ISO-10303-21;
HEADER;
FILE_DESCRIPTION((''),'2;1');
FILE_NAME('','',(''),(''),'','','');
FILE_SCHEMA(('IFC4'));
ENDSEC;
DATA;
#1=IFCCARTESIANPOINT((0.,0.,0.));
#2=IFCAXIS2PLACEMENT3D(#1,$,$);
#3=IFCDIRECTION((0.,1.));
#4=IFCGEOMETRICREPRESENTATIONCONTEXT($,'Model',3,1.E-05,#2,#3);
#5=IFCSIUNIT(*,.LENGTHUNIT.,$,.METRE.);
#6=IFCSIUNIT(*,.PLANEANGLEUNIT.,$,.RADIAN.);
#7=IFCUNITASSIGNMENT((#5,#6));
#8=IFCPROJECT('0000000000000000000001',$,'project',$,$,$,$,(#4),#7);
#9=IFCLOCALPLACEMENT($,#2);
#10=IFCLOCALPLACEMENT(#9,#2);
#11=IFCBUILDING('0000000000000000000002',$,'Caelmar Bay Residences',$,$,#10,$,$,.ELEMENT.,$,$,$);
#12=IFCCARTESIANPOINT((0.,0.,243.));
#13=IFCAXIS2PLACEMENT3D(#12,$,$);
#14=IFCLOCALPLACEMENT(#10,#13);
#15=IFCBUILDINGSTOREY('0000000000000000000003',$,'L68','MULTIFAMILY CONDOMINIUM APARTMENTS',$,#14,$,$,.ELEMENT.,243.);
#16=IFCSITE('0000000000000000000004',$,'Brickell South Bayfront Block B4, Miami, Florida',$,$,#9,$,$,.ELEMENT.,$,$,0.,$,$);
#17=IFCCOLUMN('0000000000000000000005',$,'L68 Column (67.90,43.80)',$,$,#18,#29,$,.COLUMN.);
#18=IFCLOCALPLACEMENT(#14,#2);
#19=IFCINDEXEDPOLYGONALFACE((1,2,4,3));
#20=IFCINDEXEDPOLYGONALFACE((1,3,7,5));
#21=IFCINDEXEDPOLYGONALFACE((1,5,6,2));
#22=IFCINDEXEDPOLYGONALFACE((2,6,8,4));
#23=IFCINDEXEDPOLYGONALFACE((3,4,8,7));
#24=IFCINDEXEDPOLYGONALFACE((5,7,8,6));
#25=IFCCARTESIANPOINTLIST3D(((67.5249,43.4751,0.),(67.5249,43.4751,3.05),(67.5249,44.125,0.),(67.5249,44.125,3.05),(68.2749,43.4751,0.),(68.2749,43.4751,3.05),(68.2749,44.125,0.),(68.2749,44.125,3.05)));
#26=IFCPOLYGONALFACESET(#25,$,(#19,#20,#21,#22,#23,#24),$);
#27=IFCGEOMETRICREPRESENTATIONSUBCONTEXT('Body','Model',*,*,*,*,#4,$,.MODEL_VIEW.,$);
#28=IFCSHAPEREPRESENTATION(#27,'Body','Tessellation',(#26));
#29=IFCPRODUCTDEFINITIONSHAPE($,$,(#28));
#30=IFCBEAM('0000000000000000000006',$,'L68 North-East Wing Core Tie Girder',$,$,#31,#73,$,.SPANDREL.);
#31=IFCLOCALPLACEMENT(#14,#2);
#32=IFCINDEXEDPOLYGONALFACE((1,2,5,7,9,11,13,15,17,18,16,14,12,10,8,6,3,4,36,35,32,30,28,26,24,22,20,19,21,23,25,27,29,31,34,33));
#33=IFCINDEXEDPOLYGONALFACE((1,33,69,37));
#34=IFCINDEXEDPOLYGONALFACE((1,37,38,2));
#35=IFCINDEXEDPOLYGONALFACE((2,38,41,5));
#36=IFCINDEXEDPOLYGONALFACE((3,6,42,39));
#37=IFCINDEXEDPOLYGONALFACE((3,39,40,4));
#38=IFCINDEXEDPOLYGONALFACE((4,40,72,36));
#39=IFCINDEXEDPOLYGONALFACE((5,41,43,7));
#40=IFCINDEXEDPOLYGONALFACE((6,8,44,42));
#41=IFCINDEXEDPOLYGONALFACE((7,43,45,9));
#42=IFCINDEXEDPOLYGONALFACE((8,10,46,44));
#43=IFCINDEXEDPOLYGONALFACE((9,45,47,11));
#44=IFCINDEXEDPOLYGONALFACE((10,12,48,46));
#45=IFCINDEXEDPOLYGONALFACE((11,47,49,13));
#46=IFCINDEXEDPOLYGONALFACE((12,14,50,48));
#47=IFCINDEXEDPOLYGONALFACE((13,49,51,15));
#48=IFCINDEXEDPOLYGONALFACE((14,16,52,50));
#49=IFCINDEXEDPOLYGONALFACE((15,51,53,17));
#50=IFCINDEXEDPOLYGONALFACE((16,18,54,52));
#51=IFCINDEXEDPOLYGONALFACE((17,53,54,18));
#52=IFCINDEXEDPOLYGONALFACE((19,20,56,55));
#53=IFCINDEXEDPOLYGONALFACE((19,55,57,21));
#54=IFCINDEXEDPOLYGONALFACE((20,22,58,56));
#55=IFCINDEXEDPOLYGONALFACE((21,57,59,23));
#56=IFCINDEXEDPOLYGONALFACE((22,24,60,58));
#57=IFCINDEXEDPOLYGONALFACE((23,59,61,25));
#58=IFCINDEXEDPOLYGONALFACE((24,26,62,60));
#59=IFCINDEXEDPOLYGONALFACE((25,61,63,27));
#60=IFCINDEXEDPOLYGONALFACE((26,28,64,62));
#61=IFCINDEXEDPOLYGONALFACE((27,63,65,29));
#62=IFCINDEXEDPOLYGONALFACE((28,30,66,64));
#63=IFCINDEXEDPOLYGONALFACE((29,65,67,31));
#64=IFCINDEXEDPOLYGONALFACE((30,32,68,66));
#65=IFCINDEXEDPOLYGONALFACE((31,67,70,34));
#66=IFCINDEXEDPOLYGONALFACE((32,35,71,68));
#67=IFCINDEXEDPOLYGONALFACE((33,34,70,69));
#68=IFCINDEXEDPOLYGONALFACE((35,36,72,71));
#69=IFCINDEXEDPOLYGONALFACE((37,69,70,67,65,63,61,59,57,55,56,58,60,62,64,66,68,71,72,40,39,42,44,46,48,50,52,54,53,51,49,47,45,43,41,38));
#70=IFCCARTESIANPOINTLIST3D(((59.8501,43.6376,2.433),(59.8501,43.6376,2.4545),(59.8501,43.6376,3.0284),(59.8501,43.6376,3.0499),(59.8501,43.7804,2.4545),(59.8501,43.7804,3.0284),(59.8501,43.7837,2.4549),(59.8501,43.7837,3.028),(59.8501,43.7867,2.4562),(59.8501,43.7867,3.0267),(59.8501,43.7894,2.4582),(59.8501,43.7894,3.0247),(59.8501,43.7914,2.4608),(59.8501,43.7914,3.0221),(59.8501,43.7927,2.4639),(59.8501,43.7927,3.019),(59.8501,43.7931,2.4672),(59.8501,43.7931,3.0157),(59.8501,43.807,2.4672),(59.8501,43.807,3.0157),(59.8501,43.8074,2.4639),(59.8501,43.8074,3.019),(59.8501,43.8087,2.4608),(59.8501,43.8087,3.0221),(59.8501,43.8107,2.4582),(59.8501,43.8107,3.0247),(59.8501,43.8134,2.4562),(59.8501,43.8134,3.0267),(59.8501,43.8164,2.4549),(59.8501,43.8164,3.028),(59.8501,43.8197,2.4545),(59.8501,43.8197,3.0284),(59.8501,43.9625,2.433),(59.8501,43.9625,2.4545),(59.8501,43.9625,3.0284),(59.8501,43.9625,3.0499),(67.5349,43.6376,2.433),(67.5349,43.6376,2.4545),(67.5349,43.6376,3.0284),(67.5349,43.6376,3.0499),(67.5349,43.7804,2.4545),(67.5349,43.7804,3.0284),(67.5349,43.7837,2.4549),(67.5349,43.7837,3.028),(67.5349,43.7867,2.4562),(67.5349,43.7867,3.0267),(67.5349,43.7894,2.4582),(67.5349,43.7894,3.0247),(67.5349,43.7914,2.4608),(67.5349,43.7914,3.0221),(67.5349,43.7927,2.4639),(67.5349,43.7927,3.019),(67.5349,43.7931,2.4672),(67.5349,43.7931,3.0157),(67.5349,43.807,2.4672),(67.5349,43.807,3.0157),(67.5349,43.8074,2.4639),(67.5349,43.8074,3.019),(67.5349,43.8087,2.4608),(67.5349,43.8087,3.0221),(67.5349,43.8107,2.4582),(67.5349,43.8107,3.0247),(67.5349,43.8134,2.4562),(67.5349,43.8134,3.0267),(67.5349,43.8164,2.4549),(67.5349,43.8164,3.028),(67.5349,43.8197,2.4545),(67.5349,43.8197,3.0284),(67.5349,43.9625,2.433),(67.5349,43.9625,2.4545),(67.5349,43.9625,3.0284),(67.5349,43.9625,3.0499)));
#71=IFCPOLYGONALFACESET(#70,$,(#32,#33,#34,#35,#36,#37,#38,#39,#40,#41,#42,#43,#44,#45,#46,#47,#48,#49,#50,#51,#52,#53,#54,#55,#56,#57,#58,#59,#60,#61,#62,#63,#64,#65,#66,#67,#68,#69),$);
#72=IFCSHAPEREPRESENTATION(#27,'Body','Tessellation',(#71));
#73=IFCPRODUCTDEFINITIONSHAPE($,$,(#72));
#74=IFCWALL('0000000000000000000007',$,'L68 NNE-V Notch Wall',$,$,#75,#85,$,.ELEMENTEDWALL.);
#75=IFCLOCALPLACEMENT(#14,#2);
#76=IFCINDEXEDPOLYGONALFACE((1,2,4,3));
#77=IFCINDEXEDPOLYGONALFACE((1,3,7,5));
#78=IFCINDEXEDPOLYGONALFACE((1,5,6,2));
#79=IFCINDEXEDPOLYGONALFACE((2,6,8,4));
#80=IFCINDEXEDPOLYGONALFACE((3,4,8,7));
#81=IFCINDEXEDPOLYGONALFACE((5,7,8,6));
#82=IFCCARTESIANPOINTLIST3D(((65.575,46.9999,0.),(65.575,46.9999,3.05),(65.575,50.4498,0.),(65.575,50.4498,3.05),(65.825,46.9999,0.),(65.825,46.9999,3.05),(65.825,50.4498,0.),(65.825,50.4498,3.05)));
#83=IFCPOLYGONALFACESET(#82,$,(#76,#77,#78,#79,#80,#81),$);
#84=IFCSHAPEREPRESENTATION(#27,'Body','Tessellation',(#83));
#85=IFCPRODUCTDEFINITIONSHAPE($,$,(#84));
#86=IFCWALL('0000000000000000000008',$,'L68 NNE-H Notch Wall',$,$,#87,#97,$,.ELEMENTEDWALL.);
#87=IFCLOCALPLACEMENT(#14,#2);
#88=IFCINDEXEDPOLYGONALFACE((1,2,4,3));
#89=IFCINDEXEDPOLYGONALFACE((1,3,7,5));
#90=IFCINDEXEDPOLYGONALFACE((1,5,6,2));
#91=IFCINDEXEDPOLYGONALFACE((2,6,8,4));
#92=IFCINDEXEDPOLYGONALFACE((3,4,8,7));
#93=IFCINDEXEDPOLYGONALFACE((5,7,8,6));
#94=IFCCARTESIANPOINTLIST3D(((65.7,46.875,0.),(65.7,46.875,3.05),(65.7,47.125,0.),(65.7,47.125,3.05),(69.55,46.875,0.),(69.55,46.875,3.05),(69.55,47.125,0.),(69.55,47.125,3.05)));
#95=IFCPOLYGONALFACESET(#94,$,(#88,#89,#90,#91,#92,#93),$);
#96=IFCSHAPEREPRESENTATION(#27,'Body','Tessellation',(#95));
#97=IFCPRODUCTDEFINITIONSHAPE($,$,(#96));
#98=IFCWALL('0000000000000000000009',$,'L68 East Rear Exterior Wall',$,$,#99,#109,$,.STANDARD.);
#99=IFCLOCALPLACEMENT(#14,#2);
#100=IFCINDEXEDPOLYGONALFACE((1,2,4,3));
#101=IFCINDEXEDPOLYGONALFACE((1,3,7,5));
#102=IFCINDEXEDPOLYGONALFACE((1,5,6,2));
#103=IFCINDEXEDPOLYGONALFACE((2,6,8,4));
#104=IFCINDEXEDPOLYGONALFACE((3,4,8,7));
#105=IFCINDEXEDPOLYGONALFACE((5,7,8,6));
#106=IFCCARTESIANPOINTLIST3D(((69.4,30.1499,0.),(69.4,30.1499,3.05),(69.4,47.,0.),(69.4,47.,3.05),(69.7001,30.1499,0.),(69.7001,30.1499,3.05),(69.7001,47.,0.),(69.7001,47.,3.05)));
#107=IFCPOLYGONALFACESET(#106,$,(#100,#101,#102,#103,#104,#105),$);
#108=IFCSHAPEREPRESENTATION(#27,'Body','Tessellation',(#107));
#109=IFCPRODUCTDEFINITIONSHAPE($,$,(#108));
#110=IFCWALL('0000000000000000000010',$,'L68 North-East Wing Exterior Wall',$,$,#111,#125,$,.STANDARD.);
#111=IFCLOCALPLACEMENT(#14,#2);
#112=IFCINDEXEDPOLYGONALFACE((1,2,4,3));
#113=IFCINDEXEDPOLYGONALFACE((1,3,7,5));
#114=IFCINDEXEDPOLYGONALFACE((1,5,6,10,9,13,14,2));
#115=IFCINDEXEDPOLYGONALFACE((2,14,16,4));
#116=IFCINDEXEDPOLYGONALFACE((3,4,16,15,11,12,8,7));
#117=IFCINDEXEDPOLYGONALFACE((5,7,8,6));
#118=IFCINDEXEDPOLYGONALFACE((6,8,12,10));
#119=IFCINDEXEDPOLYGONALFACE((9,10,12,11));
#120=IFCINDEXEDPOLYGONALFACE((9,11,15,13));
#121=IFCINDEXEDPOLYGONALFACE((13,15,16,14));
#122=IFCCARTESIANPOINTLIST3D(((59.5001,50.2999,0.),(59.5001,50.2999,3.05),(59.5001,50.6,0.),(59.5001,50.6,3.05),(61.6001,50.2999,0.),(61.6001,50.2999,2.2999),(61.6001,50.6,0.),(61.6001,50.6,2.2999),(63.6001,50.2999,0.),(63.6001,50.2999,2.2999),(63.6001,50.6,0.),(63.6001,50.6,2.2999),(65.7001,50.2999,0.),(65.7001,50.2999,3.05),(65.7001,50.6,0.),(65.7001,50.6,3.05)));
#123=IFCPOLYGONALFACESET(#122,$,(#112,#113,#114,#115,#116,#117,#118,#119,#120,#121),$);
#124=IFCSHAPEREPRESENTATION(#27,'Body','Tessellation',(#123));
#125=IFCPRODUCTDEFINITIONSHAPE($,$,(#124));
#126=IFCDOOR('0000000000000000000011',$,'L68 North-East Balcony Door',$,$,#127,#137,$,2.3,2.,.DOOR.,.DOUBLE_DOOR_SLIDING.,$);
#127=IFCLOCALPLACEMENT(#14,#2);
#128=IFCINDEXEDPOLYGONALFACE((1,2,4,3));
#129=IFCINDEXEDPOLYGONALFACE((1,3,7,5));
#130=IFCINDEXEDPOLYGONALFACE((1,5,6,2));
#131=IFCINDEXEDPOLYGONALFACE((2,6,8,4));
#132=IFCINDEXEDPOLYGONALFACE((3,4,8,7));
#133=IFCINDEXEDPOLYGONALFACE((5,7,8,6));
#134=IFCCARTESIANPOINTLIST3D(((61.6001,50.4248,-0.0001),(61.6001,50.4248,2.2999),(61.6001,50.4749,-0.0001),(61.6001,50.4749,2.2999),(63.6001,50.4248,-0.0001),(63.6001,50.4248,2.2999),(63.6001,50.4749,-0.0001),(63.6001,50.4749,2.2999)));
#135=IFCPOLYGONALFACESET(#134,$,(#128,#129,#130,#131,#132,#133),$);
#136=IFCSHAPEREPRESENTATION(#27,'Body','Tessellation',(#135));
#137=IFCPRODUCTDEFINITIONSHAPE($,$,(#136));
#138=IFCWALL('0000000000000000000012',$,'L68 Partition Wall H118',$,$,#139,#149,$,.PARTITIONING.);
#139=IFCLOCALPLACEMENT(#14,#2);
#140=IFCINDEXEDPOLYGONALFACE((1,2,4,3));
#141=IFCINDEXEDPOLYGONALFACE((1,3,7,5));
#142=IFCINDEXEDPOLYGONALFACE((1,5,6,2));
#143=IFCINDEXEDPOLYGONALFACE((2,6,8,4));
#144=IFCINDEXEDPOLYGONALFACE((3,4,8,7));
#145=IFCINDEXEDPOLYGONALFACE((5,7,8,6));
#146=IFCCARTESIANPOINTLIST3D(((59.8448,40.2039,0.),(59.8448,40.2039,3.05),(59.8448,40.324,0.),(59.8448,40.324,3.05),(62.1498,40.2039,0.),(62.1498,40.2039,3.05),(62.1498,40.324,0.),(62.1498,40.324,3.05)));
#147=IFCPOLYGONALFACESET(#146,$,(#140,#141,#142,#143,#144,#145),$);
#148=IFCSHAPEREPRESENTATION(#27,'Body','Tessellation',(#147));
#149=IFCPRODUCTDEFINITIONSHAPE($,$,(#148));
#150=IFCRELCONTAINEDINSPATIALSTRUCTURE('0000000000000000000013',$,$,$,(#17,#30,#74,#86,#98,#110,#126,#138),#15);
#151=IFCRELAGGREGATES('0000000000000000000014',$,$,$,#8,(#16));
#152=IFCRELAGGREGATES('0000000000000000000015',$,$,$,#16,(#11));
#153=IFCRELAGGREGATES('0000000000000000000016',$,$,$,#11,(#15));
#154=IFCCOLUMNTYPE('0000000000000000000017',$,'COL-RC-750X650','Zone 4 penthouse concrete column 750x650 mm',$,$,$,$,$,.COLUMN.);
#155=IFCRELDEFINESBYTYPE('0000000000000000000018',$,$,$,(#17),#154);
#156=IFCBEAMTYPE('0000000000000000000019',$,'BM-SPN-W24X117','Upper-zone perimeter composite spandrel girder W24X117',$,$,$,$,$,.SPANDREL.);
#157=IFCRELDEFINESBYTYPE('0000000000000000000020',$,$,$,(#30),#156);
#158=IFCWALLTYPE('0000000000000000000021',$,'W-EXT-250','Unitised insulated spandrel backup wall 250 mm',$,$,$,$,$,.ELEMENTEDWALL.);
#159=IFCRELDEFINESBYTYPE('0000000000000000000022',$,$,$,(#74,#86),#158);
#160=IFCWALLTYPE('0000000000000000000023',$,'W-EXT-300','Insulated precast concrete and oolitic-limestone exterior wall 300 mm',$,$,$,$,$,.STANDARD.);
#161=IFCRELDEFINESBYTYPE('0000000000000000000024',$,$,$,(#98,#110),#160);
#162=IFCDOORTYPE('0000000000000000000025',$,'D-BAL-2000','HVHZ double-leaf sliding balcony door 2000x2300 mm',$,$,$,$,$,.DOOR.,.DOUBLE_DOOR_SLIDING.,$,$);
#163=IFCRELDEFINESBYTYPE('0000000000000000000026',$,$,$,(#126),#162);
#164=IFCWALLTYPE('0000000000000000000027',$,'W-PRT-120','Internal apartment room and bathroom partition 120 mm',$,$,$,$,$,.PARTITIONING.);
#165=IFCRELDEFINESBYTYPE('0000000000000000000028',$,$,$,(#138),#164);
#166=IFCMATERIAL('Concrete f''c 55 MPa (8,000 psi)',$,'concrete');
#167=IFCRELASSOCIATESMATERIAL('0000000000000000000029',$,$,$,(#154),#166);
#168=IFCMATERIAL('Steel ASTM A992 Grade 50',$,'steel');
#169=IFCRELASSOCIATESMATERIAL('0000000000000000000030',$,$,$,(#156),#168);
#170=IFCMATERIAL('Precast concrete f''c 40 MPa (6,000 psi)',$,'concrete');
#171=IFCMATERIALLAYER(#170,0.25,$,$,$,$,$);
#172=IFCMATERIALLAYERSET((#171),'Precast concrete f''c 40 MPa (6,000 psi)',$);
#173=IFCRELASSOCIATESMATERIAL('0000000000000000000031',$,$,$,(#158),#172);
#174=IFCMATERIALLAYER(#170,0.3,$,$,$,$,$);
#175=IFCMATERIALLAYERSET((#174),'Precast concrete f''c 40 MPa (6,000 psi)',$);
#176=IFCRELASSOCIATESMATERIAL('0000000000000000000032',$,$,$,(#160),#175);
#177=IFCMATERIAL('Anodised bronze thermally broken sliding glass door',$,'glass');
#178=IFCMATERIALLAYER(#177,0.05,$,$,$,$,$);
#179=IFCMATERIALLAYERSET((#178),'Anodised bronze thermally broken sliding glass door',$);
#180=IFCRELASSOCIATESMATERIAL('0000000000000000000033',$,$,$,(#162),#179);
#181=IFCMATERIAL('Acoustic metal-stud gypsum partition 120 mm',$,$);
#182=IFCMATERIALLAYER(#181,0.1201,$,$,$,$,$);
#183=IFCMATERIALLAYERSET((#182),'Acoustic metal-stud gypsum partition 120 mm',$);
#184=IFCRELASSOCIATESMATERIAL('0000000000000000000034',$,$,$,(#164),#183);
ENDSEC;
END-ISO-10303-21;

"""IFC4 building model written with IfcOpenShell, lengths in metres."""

from ifc_helpers import new_model, si_unit, direction, frame, frame_2d, origin, origin_2d, place, context, subcontext, project, spatial, rectangle, i_section, extrude, material, layer, layer_set, material_profile, profile_set, type_object, element, fill, save


model = new_model("IFC4")

# Units and contexts
model_context = context("Model", 3, precision=1e-05, world=origin(), true_north=direction((0.0, 1.0)))
body_context = subcontext(model_context, "Body", "Model", "MODEL_VIEW")
ifc_project = project(units=[si_unit("LENGTHUNIT", "METRE"), si_unit("PLANEANGLEUNIT", "RADIAN")], contexts=[model_context])

# Site, building, storey
site_placement = place(None, origin())
site = spatial("IfcSite", under=ifc_project, at=site_placement, Name="Brickell South Bayfront Block B4, Miami, Florida", CompositionType="ELEMENT", RefElevation=0.0)
building_placement = place(site_placement, origin())
building = spatial("IfcBuilding", under=site, at=building_placement, Name="Caelmar Bay Residences", CompositionType="ELEMENT")
storey_placement = place(building_placement, frame((0.0, 0.0, 243.0)))
storey = spatial("IfcBuildingStorey", under=building, at=storey_placement, Name="L68", Description="MULTIFAMILY CONDOMINIUM APARTMENTS", CompositionType="ELEMENT", Elevation=243.0)

# Column
ifc_material_1 = material(Name="Concrete f'c 55 MPa (8,000 psi)", Category="concrete")
ifc_material_profile_1 = material_profile(ifc_material_1, rectangle(XDim=0.75, YDim=0.6499, at=origin_2d()), Name="RC-COL-750X650")
ifc_profile_set_1 = profile_set([ifc_material_profile_1], Name="Concrete f'c 55 MPa (8,000 psi)")
column_type = type_object("IfcColumnType", Name="COL-RC-750X650", Description="Zone 4 penthouse concrete column 750x650 mm", PredefinedType="COLUMN", material=ifc_profile_set_1)
column_placement = place(storey_placement, frame((67.8999, 43.8, 0.0), z_axis=(0.0, 0.0, 1.0), x_axis=(1.0, 0.0, 0.0)))
element("IfcColumn", 1, at=column_placement, inside=storey, type_object=column_type, Name="L68 Column (67.90,43.80)", PredefinedType="COLUMN", context=body_context, shape_type="SweptSolid", body=[
    extrude(rectangle(XDim=0.75, YDim=0.6499, at=origin_2d()), origin(), (0.0, 0.0, 1.0), 3.05),
])

# Beam
ifc_material_2 = material(Name="Steel ASTM A992 Grade 50", Category="steel")
ifc_material_profile_2 = material_profile(ifc_material_2, i_section(OverallWidth=0.325, OverallDepth=0.6169, WebThickness=0.0139, FlangeThickness=0.0215, FilletRadius=0.0127, at=origin_2d()), Name="W24X117")
ifc_profile_set_2 = profile_set([ifc_material_profile_2], Name="Steel ASTM A992 Grade 50")
beam_type = type_object("IfcBeamType", Name="BM-SPN-W24X117", Description="Upper-zone perimeter composite spandrel girder W24X117", PredefinedType="SPANDREL", material=ifc_profile_set_2)
beam_placement = place(storey_placement, frame((59.8501, 43.8, 2.7415), z_axis=(1.0, 0.0, 0.0), x_axis=(0.0, 1.0, 0.0)))
element("IfcBeam", 2, at=beam_placement, inside=storey, type_object=beam_type, Name="L68 North-East Wing Core Tie Girder", PredefinedType="SPANDREL", context=body_context, shape_type="SweptSolid", body=[
    extrude(i_section(OverallWidth=0.325, OverallDepth=0.6169, WebThickness=0.0139, FlangeThickness=0.0215, FilletRadius=0.0127, at=origin_2d()), origin(), (0.0, 0.0, 1.0), 7.6848),
])

# Walls
ifc_material_3 = material(Name="Precast concrete f'c 40 MPa (6,000 psi)", Category="concrete")
ifc_layer_1 = layer(ifc_material_3, 0.25)
ifc_layer_set_1 = layer_set([ifc_layer_1], Name="Precast concrete f'c 40 MPa (6,000 psi)")
wall_type_1 = type_object("IfcWallType", Name="W-EXT-250", Description="Unitised insulated spandrel backup wall 250 mm", PredefinedType="ELEMENTEDWALL", material=ifc_layer_set_1)
wall_1_placement = place(storey_placement, frame((65.7, 50.45, 0.0), z_axis=(0.0, 0.0, 1.0), x_axis=(0.0, -1.0, 0.0)))
element("IfcWall", 3, at=wall_1_placement, inside=storey, type_object=wall_type_1, Name="L68 NNE-V Notch Wall", PredefinedType="ELEMENTEDWALL", context=body_context, shape_type="SweptSolid", body=[
    extrude(rectangle(XDim=3.45, YDim=0.25, at=frame_2d((1.7251, 0.0))), origin(), (0.0, 0.0, 1.0), 3.05),
])
wall_2_placement = place(storey_placement, frame((65.7, 47.0, 0.0), z_axis=(0.0, 0.0, 1.0), x_axis=(1.0, 0.0, 0.0)))
element("IfcWall", 4, at=wall_2_placement, inside=storey, type_object=wall_type_1, Name="L68 NNE-H Notch Wall", PredefinedType="ELEMENTEDWALL", context=body_context, shape_type="SweptSolid", body=[
    extrude(rectangle(XDim=3.8501, YDim=0.25, at=frame_2d((1.925, 0.0))), origin(), (0.0, 0.0, 1.0), 3.05),
])
ifc_layer_2 = layer(ifc_material_3, 0.3)
ifc_layer_set_2 = layer_set([ifc_layer_2], Name="Precast concrete f'c 40 MPa (6,000 psi)")
wall_type_2 = type_object("IfcWallType", Name="W-EXT-300", Description="Insulated precast concrete and oolitic-limestone exterior wall 300 mm", PredefinedType="STANDARD", material=ifc_layer_set_2)
wall_3_placement = place(storey_placement, frame((69.55, 47.0, 0.0), z_axis=(0.0, 0.0, 1.0), x_axis=(0.0, -1.0, 0.0)))
element("IfcWall", 5, at=wall_3_placement, inside=storey, type_object=wall_type_2, Name="L68 East Rear Exterior Wall", PredefinedType="STANDARD", context=body_context, shape_type="SweptSolid", body=[
    extrude(rectangle(XDim=16.8501, YDim=0.3, at=frame_2d((8.425, 0.0))), origin(), (0.0, 0.0, 1.0), 3.05),
])

# Wall, opening, door
wall_4_placement = place(storey_placement, frame((59.5, 50.45, 0.0), z_axis=(0.0, 0.0, 1.0), x_axis=(1.0, 0.0, 0.0)))
wall_4 = element("IfcWall", 6, at=wall_4_placement, inside=storey, type_object=wall_type_2, Name="L68 North-East Wing Exterior Wall", PredefinedType="STANDARD", context=body_context, shape_type="SweptSolid", body=[
    extrude(rectangle(XDim=6.2, YDim=0.3, at=frame_2d((3.1001, 0.0))), origin(), (0.0, 0.0, 1.0), 3.05),
])
opening_1_placement = place(wall_4_placement, frame((2.1001, 0.0, 0.0)))
opening_1 = element("IfcOpeningElement", 7, at=opening_1_placement, cuts=wall_4, PredefinedType="OPENING", context=body_context, shape_type="SweptSolid", body=[
    extrude(rectangle(XDim=2.0, YDim=2.3, at=frame_2d((1.0, 1.1499))), frame((0.0, 0.1599, 0.0), z_axis=(0.0, -1.0, 0.0), x_axis=(1.0, 0.0, 0.0)), (0.0, 0.0, 1.0), 0.3201),
])
ifc_material_4 = material(Name="Anodised bronze thermally broken sliding glass door", Category="glass")
ifc_layer_3 = layer(ifc_material_4, 0.05)
ifc_layer_set_3 = layer_set([ifc_layer_3], Name="Anodised bronze thermally broken sliding glass door")
door_type_1 = type_object("IfcDoorType", Name="D-BAL-2000", Description="HVHZ double-leaf sliding balcony door 2000x2300 mm", OperationType="DOUBLE_DOOR_SLIDING", PredefinedType="DOOR", material=ifc_layer_set_3)
door_1_placement = place(opening_1_placement, origin())
door_1 = element("IfcDoor", 8, at=door_1_placement, inside=storey, type_object=door_type_1, Name="L68 North-East Balcony Door", OperationType="DOUBLE_DOOR_SLIDING", OverallHeight=2.3, OverallWidth=2.0, PredefinedType="DOOR", context=body_context, shape_type="SweptSolid", body=[
    extrude(rectangle(XDim=2.0, YDim=2.3, at=frame_2d((1.0, 1.1499))), frame((0.0, 0.0249, 0.0), z_axis=(0.0, -1.0, 0.0), x_axis=(1.0, 0.0, 0.0)), (0.0, 0.0, 1.0), 0.05),
])
fill(opening_1, door_1)

# Wall
ifc_material_5 = material(Name="Acoustic metal-stud gypsum partition 120 mm")
ifc_layer_4 = layer(ifc_material_5, 0.1201)
ifc_layer_set_4 = layer_set([ifc_layer_4], Name="Acoustic metal-stud gypsum partition 120 mm")
wall_type_3 = type_object("IfcWallType", Name="W-PRT-120", Description="Internal apartment room and bathroom partition 120 mm", PredefinedType="PARTITIONING", material=ifc_layer_set_4)
wall_5_placement = place(storey_placement, frame((59.845, 40.2639, 0.0), z_axis=(0.0, 0.0, 1.0), x_axis=(1.0, 0.0, 0.0)))
element("IfcWall", 9, at=wall_5_placement, inside=storey, type_object=wall_type_3, Name="L68 Partition Wall H118", PredefinedType="PARTITIONING", context=body_context, shape_type="SweptSolid", body=[
    extrude(rectangle(XDim=2.3049, YDim=0.1201, at=frame_2d((1.1523, 0.0))), origin(), (0.0, 0.0, 1.0), 3.05),
])

save(model, "model.ifc")
